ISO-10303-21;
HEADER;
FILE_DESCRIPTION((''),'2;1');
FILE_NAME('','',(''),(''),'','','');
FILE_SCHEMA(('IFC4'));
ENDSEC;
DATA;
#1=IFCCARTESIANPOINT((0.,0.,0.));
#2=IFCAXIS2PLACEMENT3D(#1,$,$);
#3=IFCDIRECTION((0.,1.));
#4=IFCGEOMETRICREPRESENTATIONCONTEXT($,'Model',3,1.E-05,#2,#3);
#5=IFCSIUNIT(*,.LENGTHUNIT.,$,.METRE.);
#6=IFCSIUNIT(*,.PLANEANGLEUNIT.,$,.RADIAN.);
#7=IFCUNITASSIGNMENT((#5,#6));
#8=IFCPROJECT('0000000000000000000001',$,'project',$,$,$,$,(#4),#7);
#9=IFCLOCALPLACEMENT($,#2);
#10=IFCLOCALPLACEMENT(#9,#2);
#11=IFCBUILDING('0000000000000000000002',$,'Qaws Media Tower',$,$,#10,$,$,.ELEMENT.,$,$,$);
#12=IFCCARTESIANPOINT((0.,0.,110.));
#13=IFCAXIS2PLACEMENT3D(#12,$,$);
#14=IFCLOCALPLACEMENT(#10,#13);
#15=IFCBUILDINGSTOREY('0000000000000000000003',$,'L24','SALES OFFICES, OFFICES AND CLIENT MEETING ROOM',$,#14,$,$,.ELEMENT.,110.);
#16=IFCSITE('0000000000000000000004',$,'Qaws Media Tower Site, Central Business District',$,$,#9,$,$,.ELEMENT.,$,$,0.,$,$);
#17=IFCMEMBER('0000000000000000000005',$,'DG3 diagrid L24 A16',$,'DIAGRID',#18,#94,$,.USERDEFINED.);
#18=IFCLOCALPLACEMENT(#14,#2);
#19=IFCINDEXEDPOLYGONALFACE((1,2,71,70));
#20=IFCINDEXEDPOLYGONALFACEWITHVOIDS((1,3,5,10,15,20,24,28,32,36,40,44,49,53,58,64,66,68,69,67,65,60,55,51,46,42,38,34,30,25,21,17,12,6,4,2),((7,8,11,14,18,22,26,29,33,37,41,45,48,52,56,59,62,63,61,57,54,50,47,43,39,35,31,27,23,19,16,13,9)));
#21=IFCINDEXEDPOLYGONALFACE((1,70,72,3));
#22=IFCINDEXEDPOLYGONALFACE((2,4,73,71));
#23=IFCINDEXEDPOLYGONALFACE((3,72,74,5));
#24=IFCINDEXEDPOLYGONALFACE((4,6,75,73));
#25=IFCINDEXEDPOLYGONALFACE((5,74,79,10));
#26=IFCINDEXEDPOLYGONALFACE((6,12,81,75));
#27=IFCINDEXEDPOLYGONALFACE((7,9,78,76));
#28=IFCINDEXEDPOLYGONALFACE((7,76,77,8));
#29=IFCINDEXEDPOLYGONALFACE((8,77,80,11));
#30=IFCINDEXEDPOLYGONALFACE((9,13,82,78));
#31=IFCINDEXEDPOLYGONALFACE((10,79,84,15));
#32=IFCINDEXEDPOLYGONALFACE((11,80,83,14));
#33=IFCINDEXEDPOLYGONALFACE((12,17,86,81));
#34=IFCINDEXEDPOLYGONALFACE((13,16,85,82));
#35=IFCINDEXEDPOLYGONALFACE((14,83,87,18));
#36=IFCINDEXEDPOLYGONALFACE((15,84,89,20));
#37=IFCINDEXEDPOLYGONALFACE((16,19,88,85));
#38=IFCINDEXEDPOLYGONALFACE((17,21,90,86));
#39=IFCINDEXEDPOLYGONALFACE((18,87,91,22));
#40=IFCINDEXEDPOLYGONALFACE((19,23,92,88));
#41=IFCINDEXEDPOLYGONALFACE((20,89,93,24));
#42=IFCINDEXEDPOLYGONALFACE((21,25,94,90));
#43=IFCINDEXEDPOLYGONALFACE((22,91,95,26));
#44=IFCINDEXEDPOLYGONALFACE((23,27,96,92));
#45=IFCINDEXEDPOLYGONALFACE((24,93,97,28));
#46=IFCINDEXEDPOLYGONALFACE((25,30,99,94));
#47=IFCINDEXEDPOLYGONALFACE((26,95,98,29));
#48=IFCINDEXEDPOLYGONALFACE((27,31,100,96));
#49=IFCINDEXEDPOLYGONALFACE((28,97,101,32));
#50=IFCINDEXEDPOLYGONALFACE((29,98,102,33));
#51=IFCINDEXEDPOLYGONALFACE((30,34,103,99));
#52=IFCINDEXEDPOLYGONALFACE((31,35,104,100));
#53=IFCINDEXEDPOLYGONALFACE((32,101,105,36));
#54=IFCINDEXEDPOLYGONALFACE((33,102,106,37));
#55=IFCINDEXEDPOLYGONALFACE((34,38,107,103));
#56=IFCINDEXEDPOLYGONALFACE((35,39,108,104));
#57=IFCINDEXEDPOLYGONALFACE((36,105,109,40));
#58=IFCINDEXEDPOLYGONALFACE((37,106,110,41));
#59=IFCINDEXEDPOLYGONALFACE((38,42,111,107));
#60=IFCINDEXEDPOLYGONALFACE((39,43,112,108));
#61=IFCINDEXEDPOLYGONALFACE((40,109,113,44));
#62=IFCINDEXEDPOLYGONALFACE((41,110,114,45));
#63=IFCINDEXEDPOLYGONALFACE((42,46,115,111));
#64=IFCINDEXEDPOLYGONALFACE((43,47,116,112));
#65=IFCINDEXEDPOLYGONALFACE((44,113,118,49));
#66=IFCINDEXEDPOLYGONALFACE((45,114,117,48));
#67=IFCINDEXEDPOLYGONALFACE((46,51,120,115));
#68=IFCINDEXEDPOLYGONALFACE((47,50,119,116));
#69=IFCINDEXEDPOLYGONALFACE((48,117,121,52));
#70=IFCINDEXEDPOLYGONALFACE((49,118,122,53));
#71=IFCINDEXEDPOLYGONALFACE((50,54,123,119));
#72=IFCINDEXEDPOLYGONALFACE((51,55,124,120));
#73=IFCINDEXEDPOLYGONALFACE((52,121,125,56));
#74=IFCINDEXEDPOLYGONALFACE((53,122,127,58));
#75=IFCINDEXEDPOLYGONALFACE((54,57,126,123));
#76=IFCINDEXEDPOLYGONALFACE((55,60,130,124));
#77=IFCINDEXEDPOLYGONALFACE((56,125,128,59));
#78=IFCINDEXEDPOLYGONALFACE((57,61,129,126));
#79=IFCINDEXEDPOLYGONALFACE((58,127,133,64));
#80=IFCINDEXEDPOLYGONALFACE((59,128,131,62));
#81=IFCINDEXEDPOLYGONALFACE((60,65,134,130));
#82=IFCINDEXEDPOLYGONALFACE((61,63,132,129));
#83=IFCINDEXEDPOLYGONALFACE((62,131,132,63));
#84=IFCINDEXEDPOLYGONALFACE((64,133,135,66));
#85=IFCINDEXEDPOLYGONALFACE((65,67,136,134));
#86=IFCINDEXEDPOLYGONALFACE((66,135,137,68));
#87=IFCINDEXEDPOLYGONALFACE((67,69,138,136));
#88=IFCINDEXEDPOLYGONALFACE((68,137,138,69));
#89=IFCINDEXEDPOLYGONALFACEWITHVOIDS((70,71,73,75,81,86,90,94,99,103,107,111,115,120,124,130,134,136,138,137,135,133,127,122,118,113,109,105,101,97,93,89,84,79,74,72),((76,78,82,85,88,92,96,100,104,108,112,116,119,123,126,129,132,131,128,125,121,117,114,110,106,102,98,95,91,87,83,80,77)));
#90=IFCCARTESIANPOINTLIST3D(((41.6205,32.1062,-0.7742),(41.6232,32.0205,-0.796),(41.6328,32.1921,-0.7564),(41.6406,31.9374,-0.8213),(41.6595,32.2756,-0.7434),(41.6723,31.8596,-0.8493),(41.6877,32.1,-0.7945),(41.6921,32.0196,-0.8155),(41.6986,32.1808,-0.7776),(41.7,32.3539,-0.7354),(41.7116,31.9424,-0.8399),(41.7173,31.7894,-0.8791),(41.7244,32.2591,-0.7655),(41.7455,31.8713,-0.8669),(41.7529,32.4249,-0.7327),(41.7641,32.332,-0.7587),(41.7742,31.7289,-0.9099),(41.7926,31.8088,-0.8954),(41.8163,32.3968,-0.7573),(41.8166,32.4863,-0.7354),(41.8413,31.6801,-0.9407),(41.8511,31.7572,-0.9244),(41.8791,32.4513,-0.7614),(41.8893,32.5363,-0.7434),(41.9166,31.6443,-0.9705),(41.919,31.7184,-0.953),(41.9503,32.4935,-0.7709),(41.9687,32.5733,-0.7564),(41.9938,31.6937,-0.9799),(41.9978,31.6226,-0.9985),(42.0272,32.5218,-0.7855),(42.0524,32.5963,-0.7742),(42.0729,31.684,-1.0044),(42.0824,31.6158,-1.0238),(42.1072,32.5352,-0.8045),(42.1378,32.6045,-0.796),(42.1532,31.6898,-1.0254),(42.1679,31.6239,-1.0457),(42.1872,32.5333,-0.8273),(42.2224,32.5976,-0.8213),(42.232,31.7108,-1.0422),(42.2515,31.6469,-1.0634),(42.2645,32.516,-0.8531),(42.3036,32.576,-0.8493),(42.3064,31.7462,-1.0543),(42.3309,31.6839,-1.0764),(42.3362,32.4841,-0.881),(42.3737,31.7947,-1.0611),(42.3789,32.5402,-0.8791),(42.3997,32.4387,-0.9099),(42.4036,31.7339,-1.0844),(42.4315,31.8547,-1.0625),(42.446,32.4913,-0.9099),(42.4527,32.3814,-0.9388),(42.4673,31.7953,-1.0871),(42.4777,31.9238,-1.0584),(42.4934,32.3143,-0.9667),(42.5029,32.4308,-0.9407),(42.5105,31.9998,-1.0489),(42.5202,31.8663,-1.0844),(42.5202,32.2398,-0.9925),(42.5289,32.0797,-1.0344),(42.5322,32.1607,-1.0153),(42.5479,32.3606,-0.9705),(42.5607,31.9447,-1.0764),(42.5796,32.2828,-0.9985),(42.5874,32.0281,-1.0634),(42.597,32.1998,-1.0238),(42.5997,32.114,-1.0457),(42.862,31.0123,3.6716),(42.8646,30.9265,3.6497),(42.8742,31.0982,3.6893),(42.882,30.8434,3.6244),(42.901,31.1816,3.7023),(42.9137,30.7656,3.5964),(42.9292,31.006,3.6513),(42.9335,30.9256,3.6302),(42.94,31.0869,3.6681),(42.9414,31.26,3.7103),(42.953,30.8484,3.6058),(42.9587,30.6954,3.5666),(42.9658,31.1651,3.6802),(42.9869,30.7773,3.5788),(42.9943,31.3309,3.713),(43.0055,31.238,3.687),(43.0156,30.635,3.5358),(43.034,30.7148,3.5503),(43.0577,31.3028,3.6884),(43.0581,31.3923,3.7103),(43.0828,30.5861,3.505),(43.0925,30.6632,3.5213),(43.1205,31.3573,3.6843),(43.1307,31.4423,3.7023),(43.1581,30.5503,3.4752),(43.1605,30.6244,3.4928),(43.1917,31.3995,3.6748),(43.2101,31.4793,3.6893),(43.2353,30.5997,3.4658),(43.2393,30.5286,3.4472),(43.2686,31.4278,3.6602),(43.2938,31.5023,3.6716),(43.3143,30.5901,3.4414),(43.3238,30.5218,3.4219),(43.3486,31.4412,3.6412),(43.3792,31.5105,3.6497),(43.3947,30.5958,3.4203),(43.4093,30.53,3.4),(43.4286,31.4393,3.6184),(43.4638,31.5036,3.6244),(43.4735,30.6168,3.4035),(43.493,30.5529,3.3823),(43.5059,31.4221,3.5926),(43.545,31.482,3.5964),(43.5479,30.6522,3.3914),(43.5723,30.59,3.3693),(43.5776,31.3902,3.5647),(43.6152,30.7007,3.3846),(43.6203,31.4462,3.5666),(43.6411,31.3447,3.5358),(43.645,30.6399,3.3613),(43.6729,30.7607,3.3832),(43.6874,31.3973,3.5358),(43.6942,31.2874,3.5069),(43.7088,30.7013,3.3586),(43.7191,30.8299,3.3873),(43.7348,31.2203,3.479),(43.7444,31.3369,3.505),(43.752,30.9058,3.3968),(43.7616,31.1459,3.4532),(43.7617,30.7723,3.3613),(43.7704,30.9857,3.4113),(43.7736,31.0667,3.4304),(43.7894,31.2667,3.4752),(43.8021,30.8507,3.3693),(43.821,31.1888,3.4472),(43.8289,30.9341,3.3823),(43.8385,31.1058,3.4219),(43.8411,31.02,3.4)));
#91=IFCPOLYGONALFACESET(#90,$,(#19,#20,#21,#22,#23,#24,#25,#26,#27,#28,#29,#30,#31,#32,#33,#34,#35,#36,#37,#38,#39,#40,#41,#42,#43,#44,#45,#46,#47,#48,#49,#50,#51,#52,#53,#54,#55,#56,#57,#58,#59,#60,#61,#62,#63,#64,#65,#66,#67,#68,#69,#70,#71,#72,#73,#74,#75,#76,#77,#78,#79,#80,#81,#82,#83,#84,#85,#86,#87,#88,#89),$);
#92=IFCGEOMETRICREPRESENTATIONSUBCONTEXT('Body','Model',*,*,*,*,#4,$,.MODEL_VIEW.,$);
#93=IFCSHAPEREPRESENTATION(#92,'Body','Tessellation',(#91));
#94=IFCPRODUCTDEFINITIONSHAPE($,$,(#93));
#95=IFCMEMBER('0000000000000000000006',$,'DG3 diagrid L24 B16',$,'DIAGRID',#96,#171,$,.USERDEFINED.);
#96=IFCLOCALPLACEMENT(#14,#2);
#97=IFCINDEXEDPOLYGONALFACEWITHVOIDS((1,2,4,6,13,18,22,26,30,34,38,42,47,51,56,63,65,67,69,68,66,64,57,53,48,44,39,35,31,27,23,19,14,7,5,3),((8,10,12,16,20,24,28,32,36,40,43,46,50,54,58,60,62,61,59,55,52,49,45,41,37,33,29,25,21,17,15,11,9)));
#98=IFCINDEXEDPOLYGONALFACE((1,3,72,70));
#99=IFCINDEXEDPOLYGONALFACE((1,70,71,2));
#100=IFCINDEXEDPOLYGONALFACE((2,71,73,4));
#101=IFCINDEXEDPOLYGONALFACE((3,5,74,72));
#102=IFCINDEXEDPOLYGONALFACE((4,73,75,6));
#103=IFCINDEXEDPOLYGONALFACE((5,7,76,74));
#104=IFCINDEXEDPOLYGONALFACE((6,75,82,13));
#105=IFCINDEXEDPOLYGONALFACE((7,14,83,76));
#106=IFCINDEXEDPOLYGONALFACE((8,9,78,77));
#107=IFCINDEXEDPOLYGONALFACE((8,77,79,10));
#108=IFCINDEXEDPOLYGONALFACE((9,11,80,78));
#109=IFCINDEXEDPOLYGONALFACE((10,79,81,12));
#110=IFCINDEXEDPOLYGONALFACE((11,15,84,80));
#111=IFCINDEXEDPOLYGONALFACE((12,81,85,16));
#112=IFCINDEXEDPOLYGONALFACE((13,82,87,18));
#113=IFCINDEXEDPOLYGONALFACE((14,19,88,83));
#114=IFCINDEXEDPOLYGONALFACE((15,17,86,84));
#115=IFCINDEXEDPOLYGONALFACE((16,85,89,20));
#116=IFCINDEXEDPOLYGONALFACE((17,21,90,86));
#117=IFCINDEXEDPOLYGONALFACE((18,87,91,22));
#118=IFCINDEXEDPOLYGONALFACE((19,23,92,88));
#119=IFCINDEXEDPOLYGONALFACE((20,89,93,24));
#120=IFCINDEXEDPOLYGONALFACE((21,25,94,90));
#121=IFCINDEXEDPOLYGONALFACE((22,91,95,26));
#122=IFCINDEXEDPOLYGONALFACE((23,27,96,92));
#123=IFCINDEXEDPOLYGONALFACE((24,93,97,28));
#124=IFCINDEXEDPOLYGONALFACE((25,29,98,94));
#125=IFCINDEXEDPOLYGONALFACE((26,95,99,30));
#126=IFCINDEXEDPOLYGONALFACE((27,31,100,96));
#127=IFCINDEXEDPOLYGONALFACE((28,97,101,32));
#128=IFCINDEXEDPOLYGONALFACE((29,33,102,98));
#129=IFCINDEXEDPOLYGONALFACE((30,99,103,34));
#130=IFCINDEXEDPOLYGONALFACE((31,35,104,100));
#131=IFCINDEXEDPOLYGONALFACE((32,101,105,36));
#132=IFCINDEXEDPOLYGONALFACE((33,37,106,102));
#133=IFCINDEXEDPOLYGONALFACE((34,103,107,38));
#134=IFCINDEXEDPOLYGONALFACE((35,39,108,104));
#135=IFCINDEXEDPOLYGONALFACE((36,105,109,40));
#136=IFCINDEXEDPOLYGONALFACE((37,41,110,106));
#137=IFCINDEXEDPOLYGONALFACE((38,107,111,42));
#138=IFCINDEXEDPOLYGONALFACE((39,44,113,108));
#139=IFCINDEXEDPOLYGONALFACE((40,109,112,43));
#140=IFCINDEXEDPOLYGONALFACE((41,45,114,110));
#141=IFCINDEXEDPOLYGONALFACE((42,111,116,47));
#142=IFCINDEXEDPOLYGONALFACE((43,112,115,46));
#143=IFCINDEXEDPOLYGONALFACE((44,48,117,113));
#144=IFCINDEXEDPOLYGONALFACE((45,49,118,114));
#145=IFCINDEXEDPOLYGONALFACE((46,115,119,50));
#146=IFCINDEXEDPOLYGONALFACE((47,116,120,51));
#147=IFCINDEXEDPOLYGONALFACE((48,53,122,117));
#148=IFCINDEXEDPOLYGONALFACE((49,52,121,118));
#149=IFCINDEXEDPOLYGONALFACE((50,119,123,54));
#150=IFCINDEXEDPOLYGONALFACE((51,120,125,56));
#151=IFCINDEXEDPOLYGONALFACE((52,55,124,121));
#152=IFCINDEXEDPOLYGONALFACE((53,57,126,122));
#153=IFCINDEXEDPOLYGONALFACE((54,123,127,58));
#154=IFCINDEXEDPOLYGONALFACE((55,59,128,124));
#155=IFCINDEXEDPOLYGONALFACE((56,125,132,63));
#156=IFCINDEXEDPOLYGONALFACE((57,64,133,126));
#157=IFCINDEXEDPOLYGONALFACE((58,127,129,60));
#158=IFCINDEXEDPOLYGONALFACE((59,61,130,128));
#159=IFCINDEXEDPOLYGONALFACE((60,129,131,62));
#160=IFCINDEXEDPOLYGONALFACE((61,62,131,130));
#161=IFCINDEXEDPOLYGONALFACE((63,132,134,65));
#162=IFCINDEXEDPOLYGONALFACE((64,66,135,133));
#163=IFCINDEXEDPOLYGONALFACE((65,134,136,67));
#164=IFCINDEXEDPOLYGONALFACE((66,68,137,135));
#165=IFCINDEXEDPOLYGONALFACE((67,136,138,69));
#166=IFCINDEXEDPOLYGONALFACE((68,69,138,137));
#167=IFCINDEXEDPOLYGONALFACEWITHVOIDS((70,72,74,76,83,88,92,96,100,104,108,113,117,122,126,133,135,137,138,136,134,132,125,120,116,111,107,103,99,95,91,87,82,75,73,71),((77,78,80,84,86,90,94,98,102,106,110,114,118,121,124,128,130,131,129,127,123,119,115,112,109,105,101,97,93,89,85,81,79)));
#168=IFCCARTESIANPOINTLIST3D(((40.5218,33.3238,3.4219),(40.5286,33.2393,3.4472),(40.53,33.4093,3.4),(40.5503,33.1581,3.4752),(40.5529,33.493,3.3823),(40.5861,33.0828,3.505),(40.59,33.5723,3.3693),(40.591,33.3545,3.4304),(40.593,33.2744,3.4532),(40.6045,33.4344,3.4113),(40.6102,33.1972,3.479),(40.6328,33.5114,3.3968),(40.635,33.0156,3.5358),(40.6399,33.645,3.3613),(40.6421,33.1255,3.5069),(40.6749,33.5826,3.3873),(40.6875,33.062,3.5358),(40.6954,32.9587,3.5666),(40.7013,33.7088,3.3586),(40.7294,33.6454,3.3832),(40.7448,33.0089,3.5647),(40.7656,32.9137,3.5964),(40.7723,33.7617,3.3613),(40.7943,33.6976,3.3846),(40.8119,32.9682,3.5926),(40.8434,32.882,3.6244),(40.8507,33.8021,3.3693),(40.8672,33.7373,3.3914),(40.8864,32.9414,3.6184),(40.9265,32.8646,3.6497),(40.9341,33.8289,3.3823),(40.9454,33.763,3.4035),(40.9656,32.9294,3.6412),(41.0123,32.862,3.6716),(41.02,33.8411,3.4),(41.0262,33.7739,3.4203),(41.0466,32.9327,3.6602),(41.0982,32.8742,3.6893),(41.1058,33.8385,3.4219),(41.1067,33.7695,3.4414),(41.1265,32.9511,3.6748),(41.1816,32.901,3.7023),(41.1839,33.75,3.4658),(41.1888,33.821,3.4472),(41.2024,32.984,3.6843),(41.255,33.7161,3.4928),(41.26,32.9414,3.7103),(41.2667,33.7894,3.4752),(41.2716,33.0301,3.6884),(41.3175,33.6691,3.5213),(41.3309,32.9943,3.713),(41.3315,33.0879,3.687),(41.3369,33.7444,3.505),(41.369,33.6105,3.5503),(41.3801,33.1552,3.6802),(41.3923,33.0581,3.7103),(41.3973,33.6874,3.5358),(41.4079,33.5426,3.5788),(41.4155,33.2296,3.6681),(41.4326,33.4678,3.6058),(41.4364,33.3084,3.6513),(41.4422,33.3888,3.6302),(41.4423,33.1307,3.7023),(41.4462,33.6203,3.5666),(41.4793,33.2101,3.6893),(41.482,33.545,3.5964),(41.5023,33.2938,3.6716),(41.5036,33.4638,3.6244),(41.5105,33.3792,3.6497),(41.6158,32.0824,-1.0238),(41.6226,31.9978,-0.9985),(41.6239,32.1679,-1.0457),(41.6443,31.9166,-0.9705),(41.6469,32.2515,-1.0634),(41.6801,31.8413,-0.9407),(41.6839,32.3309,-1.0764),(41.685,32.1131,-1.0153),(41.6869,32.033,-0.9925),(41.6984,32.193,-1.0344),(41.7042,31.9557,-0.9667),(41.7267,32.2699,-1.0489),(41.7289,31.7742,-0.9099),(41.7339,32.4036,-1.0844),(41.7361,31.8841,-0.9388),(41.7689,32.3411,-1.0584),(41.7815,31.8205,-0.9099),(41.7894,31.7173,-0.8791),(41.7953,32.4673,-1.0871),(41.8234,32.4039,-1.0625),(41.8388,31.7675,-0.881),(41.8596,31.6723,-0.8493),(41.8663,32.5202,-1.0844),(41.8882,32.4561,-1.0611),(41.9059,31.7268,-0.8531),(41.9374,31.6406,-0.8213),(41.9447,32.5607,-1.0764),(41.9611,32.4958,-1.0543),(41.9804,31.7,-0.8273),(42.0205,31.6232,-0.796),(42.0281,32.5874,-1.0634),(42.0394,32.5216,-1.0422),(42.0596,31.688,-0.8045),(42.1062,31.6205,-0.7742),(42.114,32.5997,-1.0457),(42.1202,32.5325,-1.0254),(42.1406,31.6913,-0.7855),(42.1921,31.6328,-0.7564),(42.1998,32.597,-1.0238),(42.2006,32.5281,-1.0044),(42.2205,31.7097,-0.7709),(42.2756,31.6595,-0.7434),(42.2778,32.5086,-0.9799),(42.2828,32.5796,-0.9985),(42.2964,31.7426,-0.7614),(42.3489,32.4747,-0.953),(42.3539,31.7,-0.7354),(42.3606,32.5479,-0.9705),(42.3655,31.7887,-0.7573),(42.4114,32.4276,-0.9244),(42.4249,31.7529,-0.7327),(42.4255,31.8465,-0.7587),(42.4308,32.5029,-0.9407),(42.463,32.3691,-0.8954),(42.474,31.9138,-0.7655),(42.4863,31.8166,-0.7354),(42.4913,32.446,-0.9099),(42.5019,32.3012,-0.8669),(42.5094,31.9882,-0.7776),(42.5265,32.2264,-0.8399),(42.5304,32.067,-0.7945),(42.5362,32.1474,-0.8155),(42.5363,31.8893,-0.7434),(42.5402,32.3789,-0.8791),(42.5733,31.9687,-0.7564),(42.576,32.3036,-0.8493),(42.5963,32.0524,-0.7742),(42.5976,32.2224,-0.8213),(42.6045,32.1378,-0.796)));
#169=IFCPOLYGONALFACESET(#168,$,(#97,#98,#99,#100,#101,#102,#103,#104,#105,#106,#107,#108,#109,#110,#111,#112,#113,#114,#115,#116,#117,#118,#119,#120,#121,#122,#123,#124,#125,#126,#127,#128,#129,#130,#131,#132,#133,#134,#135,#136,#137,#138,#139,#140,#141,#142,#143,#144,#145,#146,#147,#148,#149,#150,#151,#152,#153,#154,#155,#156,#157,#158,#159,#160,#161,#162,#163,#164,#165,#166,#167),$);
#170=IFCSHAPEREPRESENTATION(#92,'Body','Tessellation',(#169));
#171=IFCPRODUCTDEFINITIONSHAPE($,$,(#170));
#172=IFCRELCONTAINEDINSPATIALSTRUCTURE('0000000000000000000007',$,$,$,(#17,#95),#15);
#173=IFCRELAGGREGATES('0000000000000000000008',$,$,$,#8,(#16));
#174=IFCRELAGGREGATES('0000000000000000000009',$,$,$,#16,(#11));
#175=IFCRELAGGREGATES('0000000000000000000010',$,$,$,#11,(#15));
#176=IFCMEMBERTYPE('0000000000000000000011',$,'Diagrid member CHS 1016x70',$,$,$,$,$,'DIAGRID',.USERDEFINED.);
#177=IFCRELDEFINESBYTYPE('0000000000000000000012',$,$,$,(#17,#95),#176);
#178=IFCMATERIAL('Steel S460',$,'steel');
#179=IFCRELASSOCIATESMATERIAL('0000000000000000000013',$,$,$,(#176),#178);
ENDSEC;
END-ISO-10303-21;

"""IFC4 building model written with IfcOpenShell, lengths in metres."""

from ifc_helpers import new_model, si_unit, direction, frame, origin, origin_2d, place, context, subcontext, project, spatial, hollow_circle, extrude, material, material_profile, profile_set, type_object, element, save


model = new_model("IFC4")

# Units and contexts
model_context = context("Model", 3, precision=1e-05, world=origin(), true_north=direction((0.0, 1.0)))
body_context = subcontext(model_context, "Body", "Model", "MODEL_VIEW")
ifc_project = project(units=[si_unit("LENGTHUNIT", "METRE"), si_unit("PLANEANGLEUNIT", "RADIAN")], contexts=[model_context])

# Site, building, storey
site_placement = place(None, origin())
site = spatial("IfcSite", under=ifc_project, at=site_placement, Name="Qaws Media Tower Site, Central Business District", CompositionType="ELEMENT", RefElevation=0.0)
building_placement = place(site_placement, origin())
building = spatial("IfcBuilding", under=site, at=building_placement, Name="Qaws Media Tower", CompositionType="ELEMENT")
storey_placement = place(building_placement, frame((0.0, 0.0, 110.0)))
storey = spatial("IfcBuildingStorey", under=building, at=storey_placement, Name="L24", Description="SALES OFFICES, OFFICES AND CLIENT MEETING ROOM", CompositionType="ELEMENT", Elevation=110.0)

# Members
ifc_material_1 = material(Name="Steel S460", Category="steel")
ifc_material_profile_1 = material_profile(ifc_material_1, hollow_circle(Radius=0.5081, WallThickness=0.0701, at=origin_2d()), Name="CHS 1016x70")
ifc_profile_set_1 = profile_set([ifc_material_profile_1], Name="Steel S460")
member_type_1 = type_object("IfcMemberType", Name="Diagrid member CHS 1016x70", ElementType="DIAGRID", PredefinedType="USERDEFINED", material=ifc_profile_set_1)
for number, where, z_axis, x_axis, name in (
    (1, (42.1101, 32.1101, -0.9099), (0.261703, -0.230618, 0.937191), (0.661143, 0.75026, 0.0), "DG3 diagrid L24 A16"),
    (2, (42.1101, 32.1101, -0.9099), (-0.230618, 0.261703, 0.937191), (-0.75026, -0.661143, 0.0), "DG3 diagrid L24 B16"),
):
    element("IfcMember", number, at=place(storey_placement, frame(where, z_axis=z_axis, x_axis=x_axis)), inside=storey, type_object=member_type_1, Name=name, ObjectType="DIAGRID", PredefinedType="USERDEFINED", context=body_context, shape_type="SweptSolid", body=[
        extrude(hollow_circle(Radius=0.5081, WallThickness=0.0701, at=origin_2d()), origin(), (0.0, 0.0, 1.0), 4.7437),
    ])

save(model, "model.ifc")
